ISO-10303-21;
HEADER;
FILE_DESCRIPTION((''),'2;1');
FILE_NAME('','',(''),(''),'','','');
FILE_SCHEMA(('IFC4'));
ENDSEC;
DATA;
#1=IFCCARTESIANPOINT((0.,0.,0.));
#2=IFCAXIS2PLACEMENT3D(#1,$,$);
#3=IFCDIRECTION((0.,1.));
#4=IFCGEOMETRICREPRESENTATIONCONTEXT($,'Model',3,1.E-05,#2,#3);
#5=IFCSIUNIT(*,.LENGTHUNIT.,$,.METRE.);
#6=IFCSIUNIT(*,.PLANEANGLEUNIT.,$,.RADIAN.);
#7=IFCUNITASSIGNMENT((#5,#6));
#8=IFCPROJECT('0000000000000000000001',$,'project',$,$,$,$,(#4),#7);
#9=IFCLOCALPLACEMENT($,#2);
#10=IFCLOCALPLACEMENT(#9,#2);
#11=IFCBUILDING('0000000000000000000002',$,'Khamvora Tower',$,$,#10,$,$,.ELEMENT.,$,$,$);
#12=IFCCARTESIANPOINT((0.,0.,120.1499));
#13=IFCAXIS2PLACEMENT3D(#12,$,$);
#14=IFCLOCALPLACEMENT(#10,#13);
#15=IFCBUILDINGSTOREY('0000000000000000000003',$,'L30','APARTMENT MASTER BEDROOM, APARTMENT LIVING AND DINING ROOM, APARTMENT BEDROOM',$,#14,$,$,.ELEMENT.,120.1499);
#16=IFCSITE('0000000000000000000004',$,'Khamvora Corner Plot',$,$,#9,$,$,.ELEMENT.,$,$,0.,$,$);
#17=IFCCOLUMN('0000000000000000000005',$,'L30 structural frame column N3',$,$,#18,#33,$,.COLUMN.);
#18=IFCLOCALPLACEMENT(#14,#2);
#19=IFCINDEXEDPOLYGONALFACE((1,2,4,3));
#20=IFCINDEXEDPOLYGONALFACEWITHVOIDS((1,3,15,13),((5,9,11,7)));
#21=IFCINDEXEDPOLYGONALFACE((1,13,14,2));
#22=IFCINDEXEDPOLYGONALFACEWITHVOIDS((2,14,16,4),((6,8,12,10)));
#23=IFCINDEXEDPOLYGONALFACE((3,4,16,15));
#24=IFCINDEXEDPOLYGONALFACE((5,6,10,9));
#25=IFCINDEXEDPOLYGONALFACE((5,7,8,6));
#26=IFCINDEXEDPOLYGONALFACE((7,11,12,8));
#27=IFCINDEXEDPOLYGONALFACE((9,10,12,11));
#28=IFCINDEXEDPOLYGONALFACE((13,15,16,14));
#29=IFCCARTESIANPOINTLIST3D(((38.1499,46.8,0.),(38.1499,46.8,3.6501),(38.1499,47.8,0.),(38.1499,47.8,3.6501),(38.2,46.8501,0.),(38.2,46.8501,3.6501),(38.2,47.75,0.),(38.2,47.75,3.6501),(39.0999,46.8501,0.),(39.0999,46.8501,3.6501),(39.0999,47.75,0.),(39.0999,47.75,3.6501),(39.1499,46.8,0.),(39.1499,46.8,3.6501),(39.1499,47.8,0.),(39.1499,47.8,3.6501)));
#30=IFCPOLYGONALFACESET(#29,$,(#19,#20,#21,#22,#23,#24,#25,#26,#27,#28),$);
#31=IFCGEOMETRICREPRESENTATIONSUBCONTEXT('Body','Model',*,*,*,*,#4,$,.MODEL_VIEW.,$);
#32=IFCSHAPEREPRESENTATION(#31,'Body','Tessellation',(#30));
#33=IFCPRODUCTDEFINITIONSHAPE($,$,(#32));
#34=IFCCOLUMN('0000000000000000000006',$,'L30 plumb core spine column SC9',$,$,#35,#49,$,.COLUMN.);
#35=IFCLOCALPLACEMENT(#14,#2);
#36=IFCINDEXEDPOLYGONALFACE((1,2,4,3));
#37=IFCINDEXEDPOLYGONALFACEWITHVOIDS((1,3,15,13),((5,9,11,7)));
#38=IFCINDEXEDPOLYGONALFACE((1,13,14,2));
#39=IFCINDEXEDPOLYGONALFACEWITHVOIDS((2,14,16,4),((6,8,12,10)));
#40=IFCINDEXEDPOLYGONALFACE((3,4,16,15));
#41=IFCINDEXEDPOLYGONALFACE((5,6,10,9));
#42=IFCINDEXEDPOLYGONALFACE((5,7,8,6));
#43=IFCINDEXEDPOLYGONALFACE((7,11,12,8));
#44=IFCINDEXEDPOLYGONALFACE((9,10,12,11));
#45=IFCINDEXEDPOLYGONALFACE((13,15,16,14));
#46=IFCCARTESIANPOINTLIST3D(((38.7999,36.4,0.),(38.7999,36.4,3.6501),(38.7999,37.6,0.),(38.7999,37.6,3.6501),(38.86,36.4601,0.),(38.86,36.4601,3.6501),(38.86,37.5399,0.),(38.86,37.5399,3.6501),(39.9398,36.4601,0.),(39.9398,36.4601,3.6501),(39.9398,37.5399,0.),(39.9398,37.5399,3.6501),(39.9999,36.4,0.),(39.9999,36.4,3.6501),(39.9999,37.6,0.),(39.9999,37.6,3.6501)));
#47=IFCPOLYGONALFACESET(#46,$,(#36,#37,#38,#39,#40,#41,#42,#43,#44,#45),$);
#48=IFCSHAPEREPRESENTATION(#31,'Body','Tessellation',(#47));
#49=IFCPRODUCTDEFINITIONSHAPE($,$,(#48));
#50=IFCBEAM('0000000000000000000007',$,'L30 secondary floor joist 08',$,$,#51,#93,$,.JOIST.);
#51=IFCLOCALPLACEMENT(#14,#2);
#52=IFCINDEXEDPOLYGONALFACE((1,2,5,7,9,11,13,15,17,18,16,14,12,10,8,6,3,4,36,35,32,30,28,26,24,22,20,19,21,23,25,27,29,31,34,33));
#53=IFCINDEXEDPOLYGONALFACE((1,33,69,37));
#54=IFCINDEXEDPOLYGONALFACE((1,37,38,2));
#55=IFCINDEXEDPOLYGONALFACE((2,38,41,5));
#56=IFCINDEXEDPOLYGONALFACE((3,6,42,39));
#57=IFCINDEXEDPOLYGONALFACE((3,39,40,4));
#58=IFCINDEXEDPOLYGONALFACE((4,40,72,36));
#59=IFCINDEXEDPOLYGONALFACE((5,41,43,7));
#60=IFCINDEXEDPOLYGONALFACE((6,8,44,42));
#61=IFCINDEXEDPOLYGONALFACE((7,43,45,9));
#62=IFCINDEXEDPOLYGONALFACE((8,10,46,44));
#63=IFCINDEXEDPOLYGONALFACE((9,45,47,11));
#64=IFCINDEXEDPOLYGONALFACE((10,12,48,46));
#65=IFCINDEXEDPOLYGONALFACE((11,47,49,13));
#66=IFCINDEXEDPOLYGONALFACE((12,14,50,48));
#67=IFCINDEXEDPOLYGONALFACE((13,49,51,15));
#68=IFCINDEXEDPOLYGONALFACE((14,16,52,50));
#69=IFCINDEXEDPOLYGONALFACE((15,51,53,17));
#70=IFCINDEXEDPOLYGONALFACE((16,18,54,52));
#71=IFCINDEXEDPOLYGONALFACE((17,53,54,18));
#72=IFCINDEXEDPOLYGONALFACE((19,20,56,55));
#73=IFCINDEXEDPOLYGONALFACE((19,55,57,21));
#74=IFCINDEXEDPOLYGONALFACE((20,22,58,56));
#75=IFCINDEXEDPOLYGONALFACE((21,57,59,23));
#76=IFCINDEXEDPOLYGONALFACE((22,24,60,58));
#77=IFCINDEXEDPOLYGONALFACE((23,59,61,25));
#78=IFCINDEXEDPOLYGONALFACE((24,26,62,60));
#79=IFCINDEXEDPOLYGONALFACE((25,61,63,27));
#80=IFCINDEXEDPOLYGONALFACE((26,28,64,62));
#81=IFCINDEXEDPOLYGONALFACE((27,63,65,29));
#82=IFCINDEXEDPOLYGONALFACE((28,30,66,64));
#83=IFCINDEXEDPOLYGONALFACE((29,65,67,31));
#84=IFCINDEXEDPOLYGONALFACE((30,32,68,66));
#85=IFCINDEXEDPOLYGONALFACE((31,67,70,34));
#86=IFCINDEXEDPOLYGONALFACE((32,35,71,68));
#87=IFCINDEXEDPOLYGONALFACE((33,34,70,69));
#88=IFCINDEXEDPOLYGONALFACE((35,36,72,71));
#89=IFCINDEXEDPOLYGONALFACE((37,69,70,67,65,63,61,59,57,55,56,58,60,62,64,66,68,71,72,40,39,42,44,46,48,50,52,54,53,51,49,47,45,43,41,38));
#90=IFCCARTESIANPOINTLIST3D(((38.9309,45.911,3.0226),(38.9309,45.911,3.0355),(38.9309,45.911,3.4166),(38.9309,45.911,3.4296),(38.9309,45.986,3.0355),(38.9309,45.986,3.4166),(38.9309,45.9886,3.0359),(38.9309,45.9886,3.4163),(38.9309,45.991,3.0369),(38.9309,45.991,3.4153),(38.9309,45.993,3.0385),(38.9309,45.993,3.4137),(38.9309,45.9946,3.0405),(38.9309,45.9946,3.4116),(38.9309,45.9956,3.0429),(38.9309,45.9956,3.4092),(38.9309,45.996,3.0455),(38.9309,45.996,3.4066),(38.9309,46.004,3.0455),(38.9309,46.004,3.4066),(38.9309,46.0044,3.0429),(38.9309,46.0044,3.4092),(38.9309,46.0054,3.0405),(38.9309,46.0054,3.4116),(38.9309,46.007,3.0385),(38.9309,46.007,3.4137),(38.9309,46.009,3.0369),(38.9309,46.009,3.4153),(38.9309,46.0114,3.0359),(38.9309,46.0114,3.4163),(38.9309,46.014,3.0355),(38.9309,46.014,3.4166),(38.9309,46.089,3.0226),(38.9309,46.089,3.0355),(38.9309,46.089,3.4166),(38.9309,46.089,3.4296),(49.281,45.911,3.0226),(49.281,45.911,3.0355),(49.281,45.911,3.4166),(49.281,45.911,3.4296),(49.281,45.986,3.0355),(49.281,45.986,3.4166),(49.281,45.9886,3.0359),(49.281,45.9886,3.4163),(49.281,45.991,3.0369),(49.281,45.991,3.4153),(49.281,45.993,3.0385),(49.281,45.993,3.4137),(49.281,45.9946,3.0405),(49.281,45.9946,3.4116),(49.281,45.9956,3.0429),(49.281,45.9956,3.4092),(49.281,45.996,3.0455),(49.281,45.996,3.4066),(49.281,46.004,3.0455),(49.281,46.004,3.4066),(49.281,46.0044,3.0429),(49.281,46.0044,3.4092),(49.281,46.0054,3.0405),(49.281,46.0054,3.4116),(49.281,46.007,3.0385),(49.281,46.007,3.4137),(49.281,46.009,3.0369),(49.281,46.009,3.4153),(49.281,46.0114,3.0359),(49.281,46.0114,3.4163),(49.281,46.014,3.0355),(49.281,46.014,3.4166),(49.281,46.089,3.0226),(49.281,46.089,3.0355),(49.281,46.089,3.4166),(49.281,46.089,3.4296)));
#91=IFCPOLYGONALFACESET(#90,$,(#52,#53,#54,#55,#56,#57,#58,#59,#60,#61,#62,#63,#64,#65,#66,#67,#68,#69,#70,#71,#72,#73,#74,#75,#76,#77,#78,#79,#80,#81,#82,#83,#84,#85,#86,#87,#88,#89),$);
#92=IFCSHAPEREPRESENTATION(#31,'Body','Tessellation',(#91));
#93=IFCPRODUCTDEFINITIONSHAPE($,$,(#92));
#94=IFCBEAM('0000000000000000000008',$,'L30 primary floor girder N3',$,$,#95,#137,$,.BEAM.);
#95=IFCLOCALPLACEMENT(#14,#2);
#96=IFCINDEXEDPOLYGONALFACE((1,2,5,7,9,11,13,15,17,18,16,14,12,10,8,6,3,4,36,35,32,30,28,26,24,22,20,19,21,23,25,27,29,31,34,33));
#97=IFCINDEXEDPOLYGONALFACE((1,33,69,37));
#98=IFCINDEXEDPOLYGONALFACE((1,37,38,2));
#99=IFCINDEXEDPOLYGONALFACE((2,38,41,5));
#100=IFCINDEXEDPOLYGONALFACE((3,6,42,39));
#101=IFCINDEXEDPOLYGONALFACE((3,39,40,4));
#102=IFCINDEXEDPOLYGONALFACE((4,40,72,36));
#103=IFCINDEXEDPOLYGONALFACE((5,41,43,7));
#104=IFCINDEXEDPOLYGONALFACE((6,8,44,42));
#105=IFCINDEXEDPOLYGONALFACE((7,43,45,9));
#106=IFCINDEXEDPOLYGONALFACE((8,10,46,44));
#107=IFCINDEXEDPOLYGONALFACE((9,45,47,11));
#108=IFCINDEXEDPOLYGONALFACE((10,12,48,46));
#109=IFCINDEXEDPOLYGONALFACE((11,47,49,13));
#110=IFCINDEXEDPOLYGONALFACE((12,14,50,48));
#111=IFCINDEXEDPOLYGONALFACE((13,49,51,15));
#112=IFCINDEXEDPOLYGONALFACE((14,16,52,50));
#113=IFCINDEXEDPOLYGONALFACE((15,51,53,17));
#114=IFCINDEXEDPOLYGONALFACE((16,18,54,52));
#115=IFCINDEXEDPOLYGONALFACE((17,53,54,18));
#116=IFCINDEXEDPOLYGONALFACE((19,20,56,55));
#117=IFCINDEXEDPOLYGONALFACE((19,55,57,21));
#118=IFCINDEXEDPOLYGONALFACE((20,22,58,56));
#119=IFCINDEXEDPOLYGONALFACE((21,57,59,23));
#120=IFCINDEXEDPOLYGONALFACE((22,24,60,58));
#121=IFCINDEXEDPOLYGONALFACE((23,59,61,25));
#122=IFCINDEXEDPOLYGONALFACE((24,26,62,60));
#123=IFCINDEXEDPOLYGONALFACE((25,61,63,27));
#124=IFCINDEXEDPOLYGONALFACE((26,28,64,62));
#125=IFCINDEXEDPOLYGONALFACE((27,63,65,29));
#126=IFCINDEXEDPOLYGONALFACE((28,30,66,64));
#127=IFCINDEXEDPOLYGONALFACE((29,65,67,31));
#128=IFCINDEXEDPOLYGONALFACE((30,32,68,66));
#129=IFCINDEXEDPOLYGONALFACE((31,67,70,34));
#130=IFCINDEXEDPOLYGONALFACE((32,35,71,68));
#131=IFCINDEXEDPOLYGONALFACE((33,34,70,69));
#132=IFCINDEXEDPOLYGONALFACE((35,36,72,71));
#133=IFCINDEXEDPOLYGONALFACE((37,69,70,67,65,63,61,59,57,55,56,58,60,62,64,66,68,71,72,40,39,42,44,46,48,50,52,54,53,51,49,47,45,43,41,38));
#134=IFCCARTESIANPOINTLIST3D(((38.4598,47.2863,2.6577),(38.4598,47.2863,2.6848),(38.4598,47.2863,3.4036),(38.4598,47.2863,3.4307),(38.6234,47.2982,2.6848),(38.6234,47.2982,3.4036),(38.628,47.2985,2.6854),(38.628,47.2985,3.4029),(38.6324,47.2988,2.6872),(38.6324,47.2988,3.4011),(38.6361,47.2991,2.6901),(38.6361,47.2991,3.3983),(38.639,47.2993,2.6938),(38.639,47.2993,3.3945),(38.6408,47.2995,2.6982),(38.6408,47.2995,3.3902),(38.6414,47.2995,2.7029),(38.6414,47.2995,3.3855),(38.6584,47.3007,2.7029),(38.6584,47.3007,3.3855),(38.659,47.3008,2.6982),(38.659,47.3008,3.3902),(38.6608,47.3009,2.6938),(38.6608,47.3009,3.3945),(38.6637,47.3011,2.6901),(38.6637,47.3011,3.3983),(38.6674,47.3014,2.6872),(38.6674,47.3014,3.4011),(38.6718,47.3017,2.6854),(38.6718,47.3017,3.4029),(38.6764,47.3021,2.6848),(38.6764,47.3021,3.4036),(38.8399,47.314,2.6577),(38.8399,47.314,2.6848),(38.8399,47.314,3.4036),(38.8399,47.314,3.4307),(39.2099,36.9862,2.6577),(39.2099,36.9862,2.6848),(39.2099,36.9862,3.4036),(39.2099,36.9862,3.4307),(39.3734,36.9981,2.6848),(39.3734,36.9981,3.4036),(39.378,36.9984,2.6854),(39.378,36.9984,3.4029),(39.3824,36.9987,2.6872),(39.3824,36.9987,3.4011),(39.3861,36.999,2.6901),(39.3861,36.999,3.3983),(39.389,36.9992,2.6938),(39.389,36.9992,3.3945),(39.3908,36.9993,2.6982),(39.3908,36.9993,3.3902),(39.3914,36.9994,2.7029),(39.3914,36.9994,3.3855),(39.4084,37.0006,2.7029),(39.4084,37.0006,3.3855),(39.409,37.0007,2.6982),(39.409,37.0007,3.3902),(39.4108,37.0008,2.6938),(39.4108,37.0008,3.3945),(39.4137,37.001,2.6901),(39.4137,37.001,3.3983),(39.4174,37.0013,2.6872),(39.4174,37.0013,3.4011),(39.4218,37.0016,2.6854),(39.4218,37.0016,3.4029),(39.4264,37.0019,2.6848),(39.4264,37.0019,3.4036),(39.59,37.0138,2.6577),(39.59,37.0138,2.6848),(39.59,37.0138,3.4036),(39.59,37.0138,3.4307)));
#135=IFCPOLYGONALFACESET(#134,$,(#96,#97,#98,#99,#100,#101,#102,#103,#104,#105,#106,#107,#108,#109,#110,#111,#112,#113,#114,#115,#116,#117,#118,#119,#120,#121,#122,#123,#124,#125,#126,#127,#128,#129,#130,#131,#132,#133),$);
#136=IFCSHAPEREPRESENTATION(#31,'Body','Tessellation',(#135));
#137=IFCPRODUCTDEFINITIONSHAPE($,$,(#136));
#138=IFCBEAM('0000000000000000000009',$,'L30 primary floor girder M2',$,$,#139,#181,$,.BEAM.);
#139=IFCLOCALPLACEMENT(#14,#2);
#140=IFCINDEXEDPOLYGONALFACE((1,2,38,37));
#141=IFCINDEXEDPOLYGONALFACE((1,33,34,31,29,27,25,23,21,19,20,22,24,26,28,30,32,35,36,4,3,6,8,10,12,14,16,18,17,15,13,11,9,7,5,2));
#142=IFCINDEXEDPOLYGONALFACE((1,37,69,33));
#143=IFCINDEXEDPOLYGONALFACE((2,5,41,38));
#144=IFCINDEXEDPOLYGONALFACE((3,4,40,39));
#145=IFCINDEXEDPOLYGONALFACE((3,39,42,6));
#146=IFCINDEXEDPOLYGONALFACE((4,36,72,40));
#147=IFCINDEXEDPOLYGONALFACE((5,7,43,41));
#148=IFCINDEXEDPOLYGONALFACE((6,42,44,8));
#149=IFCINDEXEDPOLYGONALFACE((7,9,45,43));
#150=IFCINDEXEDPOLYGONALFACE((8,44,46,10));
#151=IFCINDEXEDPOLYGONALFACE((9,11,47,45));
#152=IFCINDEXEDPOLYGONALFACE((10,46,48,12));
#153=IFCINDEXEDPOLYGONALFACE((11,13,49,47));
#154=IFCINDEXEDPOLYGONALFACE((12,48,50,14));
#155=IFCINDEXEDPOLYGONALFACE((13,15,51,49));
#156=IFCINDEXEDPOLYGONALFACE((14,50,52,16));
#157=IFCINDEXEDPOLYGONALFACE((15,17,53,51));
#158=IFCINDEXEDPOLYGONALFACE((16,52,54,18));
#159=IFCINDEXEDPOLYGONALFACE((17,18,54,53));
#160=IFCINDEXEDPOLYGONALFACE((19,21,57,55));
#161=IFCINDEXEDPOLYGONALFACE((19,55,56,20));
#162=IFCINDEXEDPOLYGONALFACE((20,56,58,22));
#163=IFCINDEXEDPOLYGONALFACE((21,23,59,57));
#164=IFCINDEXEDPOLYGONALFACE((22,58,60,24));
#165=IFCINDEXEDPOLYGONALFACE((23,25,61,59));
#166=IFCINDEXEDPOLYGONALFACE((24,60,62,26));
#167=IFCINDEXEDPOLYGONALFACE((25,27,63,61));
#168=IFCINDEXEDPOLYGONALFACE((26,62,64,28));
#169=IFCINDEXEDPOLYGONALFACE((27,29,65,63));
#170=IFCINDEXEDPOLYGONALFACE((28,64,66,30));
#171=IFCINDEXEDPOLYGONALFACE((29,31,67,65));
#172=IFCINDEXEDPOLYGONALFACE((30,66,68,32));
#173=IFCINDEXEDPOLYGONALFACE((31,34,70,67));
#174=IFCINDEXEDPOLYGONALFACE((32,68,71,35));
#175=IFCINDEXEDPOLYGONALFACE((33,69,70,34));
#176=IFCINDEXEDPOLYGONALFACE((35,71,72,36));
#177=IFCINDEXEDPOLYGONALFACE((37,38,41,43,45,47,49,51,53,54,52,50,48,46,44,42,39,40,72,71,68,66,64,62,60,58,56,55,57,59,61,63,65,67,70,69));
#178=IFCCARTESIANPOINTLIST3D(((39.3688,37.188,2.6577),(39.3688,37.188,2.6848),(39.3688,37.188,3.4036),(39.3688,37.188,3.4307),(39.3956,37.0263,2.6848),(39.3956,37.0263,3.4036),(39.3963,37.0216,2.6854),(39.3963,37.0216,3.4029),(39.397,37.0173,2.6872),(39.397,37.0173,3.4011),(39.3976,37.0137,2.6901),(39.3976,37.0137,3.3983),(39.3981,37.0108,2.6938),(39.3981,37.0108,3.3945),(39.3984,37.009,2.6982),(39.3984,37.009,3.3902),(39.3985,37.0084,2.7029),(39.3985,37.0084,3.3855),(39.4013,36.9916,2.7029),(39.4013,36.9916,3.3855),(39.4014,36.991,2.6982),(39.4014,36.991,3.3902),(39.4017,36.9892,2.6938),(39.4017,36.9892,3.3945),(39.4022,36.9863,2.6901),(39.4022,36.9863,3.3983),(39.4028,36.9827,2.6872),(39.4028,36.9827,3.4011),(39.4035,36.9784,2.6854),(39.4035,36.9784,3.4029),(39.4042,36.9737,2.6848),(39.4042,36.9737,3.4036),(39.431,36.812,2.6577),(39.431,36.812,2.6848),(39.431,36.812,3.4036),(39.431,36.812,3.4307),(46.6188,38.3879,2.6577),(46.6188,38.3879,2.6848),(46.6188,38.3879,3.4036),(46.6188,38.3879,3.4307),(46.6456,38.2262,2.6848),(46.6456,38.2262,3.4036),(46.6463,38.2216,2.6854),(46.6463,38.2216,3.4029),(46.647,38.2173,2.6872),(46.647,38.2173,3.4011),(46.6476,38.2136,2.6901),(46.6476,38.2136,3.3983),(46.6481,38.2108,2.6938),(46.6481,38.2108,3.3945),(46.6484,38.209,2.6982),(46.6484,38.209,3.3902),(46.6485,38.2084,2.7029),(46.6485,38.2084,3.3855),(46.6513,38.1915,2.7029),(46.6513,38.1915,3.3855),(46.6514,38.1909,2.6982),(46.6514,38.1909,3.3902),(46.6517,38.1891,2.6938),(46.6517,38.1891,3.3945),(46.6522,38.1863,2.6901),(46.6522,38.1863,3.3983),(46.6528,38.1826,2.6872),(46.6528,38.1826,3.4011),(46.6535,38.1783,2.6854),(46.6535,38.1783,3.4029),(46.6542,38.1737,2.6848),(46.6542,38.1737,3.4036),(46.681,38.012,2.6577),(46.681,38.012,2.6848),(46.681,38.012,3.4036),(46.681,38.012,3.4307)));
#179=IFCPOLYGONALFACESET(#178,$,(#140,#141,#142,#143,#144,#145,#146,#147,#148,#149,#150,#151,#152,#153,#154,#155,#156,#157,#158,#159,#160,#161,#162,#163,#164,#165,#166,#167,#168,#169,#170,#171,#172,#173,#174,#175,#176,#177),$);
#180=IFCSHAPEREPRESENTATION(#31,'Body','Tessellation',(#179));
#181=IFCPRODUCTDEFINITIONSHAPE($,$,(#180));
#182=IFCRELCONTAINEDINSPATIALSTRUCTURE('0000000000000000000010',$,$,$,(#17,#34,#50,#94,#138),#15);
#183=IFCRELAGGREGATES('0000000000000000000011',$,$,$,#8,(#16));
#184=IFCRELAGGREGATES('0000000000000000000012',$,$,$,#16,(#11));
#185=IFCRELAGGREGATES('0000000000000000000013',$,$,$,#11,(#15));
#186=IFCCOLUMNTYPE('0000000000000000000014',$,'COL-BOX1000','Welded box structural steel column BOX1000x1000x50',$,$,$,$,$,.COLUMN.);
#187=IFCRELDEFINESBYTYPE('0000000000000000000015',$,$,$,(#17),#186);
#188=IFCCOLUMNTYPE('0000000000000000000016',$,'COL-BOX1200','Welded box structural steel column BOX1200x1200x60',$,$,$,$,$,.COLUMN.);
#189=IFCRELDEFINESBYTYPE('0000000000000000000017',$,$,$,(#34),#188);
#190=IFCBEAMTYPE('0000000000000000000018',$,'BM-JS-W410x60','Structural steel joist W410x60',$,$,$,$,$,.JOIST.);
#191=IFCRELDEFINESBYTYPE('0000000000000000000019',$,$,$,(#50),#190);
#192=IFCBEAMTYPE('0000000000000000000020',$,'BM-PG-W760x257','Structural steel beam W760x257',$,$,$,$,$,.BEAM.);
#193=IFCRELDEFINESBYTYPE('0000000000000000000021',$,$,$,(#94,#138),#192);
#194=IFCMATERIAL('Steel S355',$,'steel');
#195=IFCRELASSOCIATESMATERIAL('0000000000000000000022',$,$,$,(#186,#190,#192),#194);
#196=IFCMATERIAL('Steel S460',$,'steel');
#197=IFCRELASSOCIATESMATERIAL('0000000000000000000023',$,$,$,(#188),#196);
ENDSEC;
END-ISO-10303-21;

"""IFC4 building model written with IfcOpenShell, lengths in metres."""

from ifc_helpers import new_model, si_unit, direction, frame, origin, origin_2d, place, context, subcontext, project, spatial, hollow_rectangle, i_section, extrude, material, material_profile, profile_set, type_object, element, save


model = new_model("IFC4")

# Units and contexts
model_context = context("Model", 3, precision=1e-05, world=origin(), true_north=direction((0.0, 1.0)))
body_context = subcontext(model_context, "Body", "Model", "MODEL_VIEW")
ifc_project = project(units=[si_unit("LENGTHUNIT", "METRE"), si_unit("PLANEANGLEUNIT", "RADIAN")], contexts=[model_context])

# Site, building, storey
site_placement = place(None, origin())
site = spatial("IfcSite", under=ifc_project, at=site_placement, Name="Khamvora Corner Plot", CompositionType="ELEMENT", RefElevation=0.0)
building_placement = place(site_placement, origin())
building = spatial("IfcBuilding", under=site, at=building_placement, Name="Khamvora Tower", CompositionType="ELEMENT")
storey_placement = place(building_placement, frame((0.0, 0.0, 120.1499)))
storey = spatial("IfcBuildingStorey", under=building, at=storey_placement, Name="L30", Description="APARTMENT MASTER BEDROOM, APARTMENT LIVING AND DINING ROOM, APARTMENT BEDROOM", CompositionType="ELEMENT", Elevation=120.1499)

# Columns
ifc_material_1 = material(Name="Steel S355", Category="steel")
ifc_material_profile_1 = material_profile(ifc_material_1, hollow_rectangle(XDim=1.0, YDim=1.0, WallThickness=0.05, at=origin_2d()), Name="BOX1000x1000x50")
ifc_profile_set_1 = profile_set([ifc_material_profile_1], Name="Steel S355")
column_type_1 = type_object("IfcColumnType", Name="COL-BOX1000", Description="Welded box structural steel column BOX1000x1000x50", PredefinedType="COLUMN", material=ifc_profile_set_1)
column_1_placement = place(storey_placement, frame((38.6499, 47.3, 0.0), z_axis=(0.0, 0.0, 1.0), x_axis=(1.0, 0.0, 0.0)))
element("IfcColumn", 1, at=column_1_placement, inside=storey, type_object=column_type_1, Name="L30 structural frame column N3", PredefinedType="COLUMN", context=body_context, shape_type="SweptSolid", body=[
    extrude(hollow_rectangle(XDim=1.0, YDim=1.0, WallThickness=0.05, at=origin_2d()), origin(), (0.0, 0.0, 1.0), 3.6501),
])
ifc_material_2 = material(Name="Steel S460", Category="steel")
ifc_material_profile_2 = material_profile(ifc_material_2, hollow_rectangle(XDim=1.2, YDim=1.2, WallThickness=0.0601, at=origin_2d()), Name="BOX1200x1200x60")
ifc_profile_set_2 = profile_set([ifc_material_profile_2], Name="Steel S460")
column_type_2 = type_object("IfcColumnType", Name="COL-BOX1200", Description="Welded box structural steel column BOX1200x1200x60", PredefinedType="COLUMN", material=ifc_profile_set_2)
column_2_placement = place(storey_placement, frame((39.3999, 37.0, 0.0), z_axis=(0.0, 0.0, 1.0), x_axis=(1.0, 0.0, 0.0)))
element("IfcColumn", 2, at=column_2_placement, inside=storey, type_object=column_type_2, Name="L30 plumb core spine column SC9", PredefinedType="COLUMN", context=body_context, shape_type="SweptSolid", body=[
    extrude(hollow_rectangle(XDim=1.2, YDim=1.2, WallThickness=0.0601, at=origin_2d()), origin(), (0.0, 0.0, 1.0), 3.6501),
])

# Beams
ifc_material_profile_3 = material_profile(ifc_material_1, i_section(OverallWidth=0.178, OverallDepth=0.407, WebThickness=0.0081, FlangeThickness=0.0129, FilletRadius=0.01, at=origin_2d()), Name="W410x60")
ifc_profile_set_3 = profile_set([ifc_material_profile_3], Name="Steel S355")
beam_type_1 = type_object("IfcBeamType", Name="BM-JS-W410x60", Description="Structural steel joist W410x60", PredefinedType="JOIST", material=ifc_profile_set_3)
beam_1_placement = place(storey_placement, frame((38.9309, 46.0, 3.2261), z_axis=(1.0, 0.0, 0.0), x_axis=(0.0, 1.0, 0.0)))
element("IfcBeam", 3, at=beam_1_placement, inside=storey, type_object=beam_type_1, Name="L30 secondary floor joist 08", PredefinedType="JOIST", context=body_context, shape_type="SweptSolid", body=[
    extrude(i_section(OverallWidth=0.178, OverallDepth=0.407, WebThickness=0.0081, FlangeThickness=0.0129, FilletRadius=0.01, at=origin_2d()), origin(), (0.0, 0.0, 1.0), 10.3501),
])
ifc_material_profile_4 = material_profile(ifc_material_1, i_section(OverallWidth=0.3811, OverallDepth=0.7729, WebThickness=0.0171, FlangeThickness=0.0271, FilletRadius=0.0181, at=origin_2d()), Name="W760x257")
ifc_profile_set_4 = profile_set([ifc_material_profile_4], Name="Steel S355")
beam_type_2 = type_object("IfcBeamType", Name="BM-PG-W760x257", Description="Structural steel beam W760x257", PredefinedType="BEAM", material=ifc_profile_set_4)
beam_2_placement = place(storey_placement, frame((39.3999, 37.0, 3.0442), z_axis=(-0.072623, 0.997359, 0.0), x_axis=(-0.997359, -0.072623, 0.0)))
element("IfcBeam", 4, at=beam_2_placement, inside=storey, type_object=beam_type_2, Name="L30 primary floor girder N3", PredefinedType="BEAM", context=body_context, shape_type="SweptSolid", body=[
    extrude(i_section(OverallWidth=0.3811, OverallDepth=0.7729, WebThickness=0.0171, FlangeThickness=0.0271, FilletRadius=0.0181, at=origin_2d()), origin(), (0.0, 0.0, 1.0), 10.3274),
])
beam_3_placement = place(storey_placement, frame((39.3999, 37.0, 3.0442), z_axis=(0.986578, 0.163289, 0.0), x_axis=(-0.163289, 0.986578, 0.0)))
element("IfcBeam", 5, at=beam_3_placement, inside=storey, type_object=beam_type_2, Name="L30 primary floor girder M2", PredefinedType="BEAM", context=body_context, shape_type="SweptSolid", body=[
    extrude(i_section(OverallWidth=0.3811, OverallDepth=0.7729, WebThickness=0.0171, FlangeThickness=0.0271, FilletRadius=0.0181, at=origin_2d()), origin(), (0.0, 0.0, 1.0), 7.3486),
])

save(model, "model.ifc")
